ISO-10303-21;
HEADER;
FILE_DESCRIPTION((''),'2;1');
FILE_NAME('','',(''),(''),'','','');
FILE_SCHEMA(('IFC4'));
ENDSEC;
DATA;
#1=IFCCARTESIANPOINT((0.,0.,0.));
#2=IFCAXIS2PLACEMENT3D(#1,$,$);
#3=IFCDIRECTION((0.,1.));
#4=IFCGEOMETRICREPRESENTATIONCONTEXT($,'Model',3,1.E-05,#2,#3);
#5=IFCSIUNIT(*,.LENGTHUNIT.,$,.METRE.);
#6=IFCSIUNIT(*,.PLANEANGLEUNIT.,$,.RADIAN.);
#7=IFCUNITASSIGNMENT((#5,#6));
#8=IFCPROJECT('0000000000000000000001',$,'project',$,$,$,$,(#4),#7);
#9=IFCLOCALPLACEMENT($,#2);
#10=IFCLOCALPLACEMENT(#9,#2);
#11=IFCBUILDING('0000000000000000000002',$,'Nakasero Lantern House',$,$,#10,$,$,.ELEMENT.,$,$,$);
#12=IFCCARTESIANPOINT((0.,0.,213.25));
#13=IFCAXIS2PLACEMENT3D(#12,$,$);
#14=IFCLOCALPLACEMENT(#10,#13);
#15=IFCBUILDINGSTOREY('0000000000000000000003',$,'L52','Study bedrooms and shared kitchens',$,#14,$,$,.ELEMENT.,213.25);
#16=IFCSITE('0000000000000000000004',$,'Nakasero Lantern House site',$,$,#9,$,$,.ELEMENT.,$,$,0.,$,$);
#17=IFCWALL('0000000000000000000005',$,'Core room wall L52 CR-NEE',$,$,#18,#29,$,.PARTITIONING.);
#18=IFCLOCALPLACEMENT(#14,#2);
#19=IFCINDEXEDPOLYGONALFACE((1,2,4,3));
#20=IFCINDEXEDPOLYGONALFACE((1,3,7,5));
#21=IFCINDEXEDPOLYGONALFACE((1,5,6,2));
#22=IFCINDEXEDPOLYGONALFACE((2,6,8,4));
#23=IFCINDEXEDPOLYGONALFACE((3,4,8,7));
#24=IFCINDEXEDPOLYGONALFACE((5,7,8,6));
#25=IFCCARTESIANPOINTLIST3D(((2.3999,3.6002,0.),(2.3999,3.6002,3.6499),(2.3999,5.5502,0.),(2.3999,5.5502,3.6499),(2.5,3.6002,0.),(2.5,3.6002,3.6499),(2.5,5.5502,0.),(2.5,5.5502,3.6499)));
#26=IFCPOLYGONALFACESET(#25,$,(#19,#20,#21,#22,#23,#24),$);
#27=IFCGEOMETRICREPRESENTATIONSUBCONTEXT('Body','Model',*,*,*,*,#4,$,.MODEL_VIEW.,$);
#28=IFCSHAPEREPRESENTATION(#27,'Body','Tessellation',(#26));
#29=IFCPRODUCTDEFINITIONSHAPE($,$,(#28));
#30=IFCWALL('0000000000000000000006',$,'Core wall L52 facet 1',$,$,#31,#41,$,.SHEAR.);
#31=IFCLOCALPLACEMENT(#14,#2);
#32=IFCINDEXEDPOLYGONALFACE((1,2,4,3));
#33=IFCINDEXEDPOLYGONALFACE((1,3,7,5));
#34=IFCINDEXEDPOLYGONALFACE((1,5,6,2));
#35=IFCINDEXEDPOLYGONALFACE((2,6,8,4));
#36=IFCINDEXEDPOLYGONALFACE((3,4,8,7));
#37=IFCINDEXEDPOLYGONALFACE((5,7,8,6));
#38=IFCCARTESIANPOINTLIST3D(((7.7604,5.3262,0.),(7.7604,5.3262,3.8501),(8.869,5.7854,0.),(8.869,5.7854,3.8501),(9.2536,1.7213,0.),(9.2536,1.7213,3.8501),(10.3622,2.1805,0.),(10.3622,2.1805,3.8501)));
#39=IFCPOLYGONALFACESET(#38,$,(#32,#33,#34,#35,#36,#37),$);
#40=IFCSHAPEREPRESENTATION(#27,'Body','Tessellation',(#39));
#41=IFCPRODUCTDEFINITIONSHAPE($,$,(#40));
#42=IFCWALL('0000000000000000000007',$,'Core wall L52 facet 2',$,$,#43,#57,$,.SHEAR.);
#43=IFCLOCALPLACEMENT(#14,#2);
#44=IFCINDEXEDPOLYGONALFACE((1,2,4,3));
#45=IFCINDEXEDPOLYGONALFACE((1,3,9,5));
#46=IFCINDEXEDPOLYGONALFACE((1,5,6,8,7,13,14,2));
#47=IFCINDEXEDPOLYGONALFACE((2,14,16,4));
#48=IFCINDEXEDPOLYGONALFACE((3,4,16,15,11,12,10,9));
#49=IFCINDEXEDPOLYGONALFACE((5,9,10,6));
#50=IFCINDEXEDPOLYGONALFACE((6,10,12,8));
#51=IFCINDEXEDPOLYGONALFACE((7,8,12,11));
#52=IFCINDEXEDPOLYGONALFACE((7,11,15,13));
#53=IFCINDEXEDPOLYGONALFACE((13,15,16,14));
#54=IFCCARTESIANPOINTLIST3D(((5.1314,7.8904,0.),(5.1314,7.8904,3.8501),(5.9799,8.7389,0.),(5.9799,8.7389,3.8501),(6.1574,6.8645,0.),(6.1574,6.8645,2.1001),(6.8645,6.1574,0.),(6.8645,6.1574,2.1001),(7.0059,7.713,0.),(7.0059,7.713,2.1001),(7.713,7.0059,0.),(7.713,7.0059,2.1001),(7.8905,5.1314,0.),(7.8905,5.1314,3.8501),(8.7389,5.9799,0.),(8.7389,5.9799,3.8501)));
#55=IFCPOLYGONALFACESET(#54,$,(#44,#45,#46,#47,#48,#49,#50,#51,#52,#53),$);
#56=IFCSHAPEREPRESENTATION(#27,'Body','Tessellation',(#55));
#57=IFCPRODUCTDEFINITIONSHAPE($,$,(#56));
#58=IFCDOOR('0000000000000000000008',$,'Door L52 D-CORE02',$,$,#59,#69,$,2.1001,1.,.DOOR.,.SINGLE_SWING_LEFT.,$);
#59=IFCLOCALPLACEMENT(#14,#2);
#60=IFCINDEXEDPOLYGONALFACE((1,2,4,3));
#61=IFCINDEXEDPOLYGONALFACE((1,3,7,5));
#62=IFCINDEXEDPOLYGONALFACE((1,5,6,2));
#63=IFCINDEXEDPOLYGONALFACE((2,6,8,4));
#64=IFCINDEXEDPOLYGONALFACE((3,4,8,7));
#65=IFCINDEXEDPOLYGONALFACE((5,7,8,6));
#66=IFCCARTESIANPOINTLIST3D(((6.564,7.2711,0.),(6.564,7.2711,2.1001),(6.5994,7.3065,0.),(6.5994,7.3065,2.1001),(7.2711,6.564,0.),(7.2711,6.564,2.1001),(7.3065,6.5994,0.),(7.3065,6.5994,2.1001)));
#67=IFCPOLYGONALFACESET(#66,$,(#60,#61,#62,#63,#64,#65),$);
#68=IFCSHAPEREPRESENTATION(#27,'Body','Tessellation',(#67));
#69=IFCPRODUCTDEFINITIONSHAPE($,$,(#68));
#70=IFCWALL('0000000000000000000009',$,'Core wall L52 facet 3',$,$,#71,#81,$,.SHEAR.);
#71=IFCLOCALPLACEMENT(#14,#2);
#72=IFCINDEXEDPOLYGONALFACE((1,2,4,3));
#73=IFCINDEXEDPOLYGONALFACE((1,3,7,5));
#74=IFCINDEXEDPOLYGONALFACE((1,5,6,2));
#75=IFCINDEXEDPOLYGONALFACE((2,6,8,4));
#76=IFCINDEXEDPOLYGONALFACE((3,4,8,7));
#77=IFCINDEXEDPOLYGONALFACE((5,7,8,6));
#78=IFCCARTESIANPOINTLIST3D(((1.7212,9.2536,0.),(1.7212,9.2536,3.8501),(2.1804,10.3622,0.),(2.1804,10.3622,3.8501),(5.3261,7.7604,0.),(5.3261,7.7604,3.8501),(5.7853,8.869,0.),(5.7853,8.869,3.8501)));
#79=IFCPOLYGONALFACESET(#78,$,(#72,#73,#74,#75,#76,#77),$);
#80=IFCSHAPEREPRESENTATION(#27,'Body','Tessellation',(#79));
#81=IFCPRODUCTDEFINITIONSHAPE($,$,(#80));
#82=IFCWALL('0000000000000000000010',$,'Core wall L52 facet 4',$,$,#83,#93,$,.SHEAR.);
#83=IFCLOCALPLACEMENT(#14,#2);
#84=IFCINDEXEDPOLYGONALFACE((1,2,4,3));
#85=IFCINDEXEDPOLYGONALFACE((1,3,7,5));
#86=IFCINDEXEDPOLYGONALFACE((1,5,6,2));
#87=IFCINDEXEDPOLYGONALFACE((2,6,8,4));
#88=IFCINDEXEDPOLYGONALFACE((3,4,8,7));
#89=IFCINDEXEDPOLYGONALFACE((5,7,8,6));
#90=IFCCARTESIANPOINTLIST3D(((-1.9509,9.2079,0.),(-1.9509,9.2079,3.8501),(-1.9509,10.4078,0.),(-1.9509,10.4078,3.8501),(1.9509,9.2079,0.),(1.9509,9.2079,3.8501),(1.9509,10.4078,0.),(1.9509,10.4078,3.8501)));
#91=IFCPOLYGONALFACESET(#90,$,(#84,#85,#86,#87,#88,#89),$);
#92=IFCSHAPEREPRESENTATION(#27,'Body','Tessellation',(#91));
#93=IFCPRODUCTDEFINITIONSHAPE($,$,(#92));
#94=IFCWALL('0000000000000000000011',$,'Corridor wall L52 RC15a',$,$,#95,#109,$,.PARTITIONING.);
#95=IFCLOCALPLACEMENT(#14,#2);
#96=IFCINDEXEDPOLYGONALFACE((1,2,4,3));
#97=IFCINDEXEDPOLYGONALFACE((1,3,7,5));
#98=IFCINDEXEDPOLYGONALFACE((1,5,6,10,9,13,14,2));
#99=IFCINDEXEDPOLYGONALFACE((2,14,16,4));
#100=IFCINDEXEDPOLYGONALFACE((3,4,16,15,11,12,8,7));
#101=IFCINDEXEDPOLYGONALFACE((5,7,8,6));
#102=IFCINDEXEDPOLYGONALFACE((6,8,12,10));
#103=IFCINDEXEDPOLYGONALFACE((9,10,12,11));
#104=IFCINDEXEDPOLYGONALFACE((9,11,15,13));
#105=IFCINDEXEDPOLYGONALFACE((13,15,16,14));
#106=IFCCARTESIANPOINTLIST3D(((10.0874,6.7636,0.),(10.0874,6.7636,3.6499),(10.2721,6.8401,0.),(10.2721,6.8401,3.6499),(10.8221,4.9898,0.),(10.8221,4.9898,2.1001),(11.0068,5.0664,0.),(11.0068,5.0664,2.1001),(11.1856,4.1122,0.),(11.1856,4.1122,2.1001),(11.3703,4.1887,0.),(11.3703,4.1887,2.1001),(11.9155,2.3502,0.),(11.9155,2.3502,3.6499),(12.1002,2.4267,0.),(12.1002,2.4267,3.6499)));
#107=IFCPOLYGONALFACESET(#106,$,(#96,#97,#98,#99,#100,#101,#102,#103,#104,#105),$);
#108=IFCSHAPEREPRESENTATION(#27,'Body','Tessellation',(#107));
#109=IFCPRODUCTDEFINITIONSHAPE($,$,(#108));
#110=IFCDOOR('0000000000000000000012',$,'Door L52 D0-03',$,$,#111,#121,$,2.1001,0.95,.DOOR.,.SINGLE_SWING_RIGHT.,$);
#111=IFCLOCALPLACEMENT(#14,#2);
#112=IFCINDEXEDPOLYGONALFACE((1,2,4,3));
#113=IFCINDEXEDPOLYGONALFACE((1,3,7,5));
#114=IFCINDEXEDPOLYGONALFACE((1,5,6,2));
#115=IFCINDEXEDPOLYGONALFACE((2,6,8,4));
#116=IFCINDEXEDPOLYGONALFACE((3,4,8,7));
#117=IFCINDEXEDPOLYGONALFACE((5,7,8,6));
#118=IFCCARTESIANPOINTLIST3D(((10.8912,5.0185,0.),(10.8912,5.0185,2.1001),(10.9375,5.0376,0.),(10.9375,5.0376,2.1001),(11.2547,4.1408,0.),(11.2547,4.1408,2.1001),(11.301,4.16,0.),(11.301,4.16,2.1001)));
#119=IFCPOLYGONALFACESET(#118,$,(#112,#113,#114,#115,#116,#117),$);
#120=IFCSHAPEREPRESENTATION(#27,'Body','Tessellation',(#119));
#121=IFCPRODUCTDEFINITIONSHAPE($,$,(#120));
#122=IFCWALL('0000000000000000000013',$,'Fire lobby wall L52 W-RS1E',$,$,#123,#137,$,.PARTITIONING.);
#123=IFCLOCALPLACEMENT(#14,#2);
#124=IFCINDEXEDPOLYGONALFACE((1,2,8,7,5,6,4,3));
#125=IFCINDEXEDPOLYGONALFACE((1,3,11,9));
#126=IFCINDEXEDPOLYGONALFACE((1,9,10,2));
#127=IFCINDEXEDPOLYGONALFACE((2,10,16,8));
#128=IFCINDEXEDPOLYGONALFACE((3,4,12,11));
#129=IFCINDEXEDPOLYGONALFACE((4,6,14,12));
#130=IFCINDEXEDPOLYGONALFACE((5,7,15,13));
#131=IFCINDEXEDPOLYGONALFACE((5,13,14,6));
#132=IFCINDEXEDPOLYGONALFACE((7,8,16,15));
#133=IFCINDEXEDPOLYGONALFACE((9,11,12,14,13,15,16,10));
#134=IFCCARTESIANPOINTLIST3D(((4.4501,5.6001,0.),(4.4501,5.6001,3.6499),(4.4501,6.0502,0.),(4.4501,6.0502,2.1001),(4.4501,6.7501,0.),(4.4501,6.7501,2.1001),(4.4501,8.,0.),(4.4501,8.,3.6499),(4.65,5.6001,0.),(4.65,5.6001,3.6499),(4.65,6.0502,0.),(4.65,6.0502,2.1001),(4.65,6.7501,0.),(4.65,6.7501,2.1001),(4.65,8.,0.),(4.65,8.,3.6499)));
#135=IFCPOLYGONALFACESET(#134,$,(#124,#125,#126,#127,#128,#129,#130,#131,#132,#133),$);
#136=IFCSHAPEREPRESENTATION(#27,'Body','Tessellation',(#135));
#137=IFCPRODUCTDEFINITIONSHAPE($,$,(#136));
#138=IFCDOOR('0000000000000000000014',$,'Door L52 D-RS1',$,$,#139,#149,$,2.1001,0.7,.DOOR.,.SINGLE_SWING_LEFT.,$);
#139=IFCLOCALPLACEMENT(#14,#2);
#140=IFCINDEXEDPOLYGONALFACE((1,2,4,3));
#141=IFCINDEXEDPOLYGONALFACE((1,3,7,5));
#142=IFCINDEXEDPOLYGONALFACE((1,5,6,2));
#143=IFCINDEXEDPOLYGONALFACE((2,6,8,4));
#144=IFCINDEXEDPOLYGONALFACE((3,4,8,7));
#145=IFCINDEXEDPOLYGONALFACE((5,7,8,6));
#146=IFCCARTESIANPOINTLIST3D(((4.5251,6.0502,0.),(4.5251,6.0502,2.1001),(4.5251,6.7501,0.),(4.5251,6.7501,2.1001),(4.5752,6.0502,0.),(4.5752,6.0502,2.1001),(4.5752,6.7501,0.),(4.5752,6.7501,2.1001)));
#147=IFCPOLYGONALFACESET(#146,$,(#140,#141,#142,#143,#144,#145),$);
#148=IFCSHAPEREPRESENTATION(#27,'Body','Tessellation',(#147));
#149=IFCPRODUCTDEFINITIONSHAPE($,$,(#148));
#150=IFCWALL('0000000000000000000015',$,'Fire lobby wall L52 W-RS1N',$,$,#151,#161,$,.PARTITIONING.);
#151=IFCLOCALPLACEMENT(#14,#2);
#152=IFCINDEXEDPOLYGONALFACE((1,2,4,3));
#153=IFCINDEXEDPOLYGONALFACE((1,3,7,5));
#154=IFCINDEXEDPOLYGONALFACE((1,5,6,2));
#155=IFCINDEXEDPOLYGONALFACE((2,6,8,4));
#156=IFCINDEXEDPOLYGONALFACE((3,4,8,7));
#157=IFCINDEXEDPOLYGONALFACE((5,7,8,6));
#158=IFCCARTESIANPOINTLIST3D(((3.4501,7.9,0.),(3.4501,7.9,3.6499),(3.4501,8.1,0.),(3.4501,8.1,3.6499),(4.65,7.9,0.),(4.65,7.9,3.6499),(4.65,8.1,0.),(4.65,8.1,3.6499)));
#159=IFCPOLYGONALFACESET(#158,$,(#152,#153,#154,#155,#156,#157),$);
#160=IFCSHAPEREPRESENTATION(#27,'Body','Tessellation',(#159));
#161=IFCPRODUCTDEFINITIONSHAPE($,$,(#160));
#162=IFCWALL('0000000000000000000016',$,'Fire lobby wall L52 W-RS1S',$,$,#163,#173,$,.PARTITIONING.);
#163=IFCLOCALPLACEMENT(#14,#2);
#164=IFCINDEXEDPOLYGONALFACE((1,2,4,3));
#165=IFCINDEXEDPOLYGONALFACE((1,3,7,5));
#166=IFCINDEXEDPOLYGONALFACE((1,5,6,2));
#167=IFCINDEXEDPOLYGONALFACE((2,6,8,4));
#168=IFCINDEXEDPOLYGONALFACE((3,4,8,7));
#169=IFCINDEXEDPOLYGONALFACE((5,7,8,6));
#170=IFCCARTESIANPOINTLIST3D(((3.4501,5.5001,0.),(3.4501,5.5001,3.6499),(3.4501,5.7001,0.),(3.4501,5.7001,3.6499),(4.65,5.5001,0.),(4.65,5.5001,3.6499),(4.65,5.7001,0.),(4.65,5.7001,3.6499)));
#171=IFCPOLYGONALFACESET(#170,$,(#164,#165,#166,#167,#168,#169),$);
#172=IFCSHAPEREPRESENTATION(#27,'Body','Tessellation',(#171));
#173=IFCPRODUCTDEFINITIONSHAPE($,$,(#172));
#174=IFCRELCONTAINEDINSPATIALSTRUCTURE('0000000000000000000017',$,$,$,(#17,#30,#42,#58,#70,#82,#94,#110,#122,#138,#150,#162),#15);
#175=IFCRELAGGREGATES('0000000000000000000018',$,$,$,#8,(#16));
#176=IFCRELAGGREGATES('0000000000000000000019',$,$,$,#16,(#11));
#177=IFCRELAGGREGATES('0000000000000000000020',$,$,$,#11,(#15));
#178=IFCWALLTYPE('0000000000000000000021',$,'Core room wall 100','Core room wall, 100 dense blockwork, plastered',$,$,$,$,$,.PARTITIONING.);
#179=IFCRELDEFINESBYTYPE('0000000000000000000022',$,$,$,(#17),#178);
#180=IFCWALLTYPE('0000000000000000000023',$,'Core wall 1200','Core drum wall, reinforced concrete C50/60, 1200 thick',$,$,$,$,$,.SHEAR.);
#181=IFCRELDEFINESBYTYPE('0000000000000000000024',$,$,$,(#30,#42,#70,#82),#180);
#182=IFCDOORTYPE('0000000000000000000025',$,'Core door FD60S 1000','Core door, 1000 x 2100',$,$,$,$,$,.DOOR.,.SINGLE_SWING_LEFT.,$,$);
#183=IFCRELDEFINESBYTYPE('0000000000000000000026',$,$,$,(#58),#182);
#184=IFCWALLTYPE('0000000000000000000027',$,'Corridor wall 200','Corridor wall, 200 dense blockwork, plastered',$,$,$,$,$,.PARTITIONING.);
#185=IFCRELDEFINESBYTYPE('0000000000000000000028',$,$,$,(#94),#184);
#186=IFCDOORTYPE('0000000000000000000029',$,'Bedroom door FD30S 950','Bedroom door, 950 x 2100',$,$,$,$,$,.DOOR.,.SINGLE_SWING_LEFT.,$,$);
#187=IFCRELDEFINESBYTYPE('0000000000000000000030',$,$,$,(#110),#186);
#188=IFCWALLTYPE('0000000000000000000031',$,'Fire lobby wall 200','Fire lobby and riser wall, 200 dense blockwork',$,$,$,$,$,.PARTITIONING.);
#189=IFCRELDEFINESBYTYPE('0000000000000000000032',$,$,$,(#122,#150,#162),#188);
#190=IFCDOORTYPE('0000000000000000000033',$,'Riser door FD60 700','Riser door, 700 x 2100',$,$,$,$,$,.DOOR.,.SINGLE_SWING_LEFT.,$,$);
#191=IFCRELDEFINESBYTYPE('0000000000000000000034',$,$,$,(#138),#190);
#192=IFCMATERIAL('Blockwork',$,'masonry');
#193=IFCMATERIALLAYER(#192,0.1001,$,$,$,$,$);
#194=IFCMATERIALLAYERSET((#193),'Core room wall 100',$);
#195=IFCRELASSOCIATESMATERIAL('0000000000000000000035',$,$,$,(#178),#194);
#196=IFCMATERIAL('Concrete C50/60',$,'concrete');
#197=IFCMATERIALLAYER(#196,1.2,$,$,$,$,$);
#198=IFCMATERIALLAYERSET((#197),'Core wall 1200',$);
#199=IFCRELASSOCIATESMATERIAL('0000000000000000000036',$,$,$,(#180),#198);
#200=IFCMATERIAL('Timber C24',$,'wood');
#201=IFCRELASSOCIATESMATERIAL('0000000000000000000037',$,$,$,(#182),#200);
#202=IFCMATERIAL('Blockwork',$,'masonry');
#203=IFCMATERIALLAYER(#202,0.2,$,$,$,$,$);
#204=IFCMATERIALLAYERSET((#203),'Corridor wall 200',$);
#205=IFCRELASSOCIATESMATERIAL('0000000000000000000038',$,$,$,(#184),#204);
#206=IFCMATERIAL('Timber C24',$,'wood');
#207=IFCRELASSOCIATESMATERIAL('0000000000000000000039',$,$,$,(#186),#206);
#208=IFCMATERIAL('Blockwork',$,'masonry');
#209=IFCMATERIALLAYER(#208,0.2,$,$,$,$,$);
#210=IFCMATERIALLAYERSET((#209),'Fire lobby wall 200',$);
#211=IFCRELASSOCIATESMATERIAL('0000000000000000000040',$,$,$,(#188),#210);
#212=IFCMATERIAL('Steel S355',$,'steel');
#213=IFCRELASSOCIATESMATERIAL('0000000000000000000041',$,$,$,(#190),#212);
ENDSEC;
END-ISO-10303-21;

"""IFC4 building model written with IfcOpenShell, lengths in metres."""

from ifc_helpers import new_model, si_unit, direction, frame, frame_2d, origin, place, context, subcontext, project, spatial, rectangle, extrude, material, layer, layer_set, type_object, element, fill, save


model = new_model("IFC4")

# Units and contexts
model_context = context("Model", 3, precision=1e-05, world=origin(), true_north=direction((0.0, 1.0)))
body_context = subcontext(model_context, "Body", "Model", "MODEL_VIEW")
ifc_project = project(units=[si_unit("LENGTHUNIT", "METRE"), si_unit("PLANEANGLEUNIT", "RADIAN")], contexts=[model_context])

# Site, building, storey
site_placement = place(None, origin())
site = spatial("IfcSite", under=ifc_project, at=site_placement, Name="Nakasero Lantern House site", CompositionType="ELEMENT", RefElevation=0.0)
building_placement = place(site_placement, origin())
building = spatial("IfcBuilding", under=site, at=building_placement, Name="Nakasero Lantern House", CompositionType="ELEMENT")
storey_placement = place(building_placement, frame((0.0, 0.0, 213.25)))
storey = spatial("IfcBuildingStorey", under=building, at=storey_placement, Name="L52", Description="Study bedrooms and shared kitchens", CompositionType="ELEMENT", Elevation=213.25)

# Walls
ifc_material_1 = material(Name="Blockwork", Category="masonry")
ifc_layer_1 = layer(ifc_material_1, 0.1001)
ifc_layer_set_1 = layer_set([ifc_layer_1], Name="Core room wall 100")
wall_type_1 = type_object("IfcWallType", Name="Core room wall 100", Description="Core room wall, 100 dense blockwork, plastered", PredefinedType="PARTITIONING", material=ifc_layer_set_1)
wall_1_placement = place(storey_placement, frame((2.45, 3.6001, 0.0), z_axis=(0.0, 0.0, 1.0), x_axis=(0.0, 1.0, 0.0)))
element("IfcWall", 1, at=wall_1_placement, inside=storey, type_object=wall_type_1, Name="Core room wall L52 CR-NEE", PredefinedType="PARTITIONING", context=body_context, shape_type="SweptSolid", body=[
    extrude(rectangle(XDim=1.95, YDim=0.1001, at=frame_2d((0.9751, 0.0))), origin(), (0.0, 0.0, 1.0), 3.6499),
])
ifc_material_2 = material(Name="Concrete C50/60", Category="concrete")
ifc_layer_2 = layer(ifc_material_2, 1.2)
ifc_layer_set_2 = layer_set([ifc_layer_2], Name="Core wall 1200")
wall_type_2 = type_object("IfcWallType", Name="Core wall 1200", Description="Core drum wall, reinforced concrete C50/60, 1200 thick", PredefinedType="SHEAR", material=ifc_layer_set_2)
wall_2_placement = place(storey_placement, frame((9.8079, 1.9509, 0.0), z_axis=(0.0, 0.0, 1.0), x_axis=(-0.382691, 0.923877, 0.0)))
element("IfcWall", 2, at=wall_2_placement, inside=storey, type_object=wall_type_2, Name="Core wall L52 facet 1", PredefinedType="SHEAR", context=body_context, shape_type="SweptSolid", body=[
    extrude(rectangle(XDim=3.9019, YDim=1.2, at=frame_2d((1.9509, 0.0))), origin(), (0.0, 0.0, 1.0), 3.8501),
])

# Wall, opening, door
wall_3_placement = place(storey_placement, frame((8.3147, 5.5557, 0.0), z_axis=(0.0, 0.0, 1.0), x_axis=(-0.707107, 0.707107, 0.0)))
wall_3 = element("IfcWall", 3, at=wall_3_placement, inside=storey, type_object=wall_type_2, Name="Core wall L52 facet 2", PredefinedType="SHEAR", context=body_context, shape_type="SweptSolid", body=[
    extrude(rectangle(XDim=3.9019, YDim=1.2, at=frame_2d((1.9509, 0.0))), origin(), (0.0, 0.0, 1.0), 3.8501),
])
opening_1_placement = place(wall_3_placement, frame((1.4509, 0.0, 0.0)))
opening_1 = element("IfcOpeningElement", 4, at=opening_1_placement, cuts=wall_3, PredefinedType="OPENING", context=body_context, shape_type="SweptSolid", body=[
    extrude(rectangle(XDim=1.0, YDim=2.1001, at=frame_2d((0.5, 1.05))), frame((0.0, 0.6199, 0.0), z_axis=(0.0, -1.0, 0.0), x_axis=(1.0, 0.0, 0.0)), (0.0, 0.0, 1.0), 1.24),
])
ifc_material_3 = material(Name="Timber C24", Category="wood")
door_type_1 = type_object("IfcDoorType", Name="Core door FD60S 1000", Description="Core door, 1000 x 2100", OperationType="SINGLE_SWING_LEFT", PredefinedType="DOOR", material=ifc_material_3)
door_1_placement = place(opening_1_placement, origin())
door_1 = element("IfcDoor", 5, at=door_1_placement, inside=storey, type_object=door_type_1, Name="Door L52 D-CORE02", OperationType="SINGLE_SWING_LEFT", OverallHeight=2.1001, OverallWidth=1.0, PredefinedType="DOOR", context=body_context, shape_type="SweptSolid", body=[
    extrude(rectangle(XDim=1.0, YDim=2.1001, at=frame_2d((0.5, 1.05))), frame((0.0, 0.0249, 0.0), z_axis=(0.0, -1.0, 0.0), x_axis=(1.0, 0.0, 0.0)), (0.0, 0.0, 1.0), 0.05),
])
fill(opening_1, door_1)

# Walls
for number, where, z_axis, x_axis, name in (
    (6, (5.5557, 8.3147, 0.0), (0.0, 0.0, 1.0), (-0.923877, 0.382691, 0.0), "Core wall L52 facet 3"),
    (7, (1.9509, 9.8079, 0.0), (0.0, 0.0, 1.0), (-1.0, 0.0, 0.0), "Core wall L52 facet 4"),
):
    element("IfcWall", number, at=place(storey_placement, frame(where, z_axis=z_axis, x_axis=x_axis)), inside=storey, type_object=wall_type_2, Name=name, PredefinedType="SHEAR", context=body_context, shape_type="SweptSolid", body=[
        extrude(rectangle(XDim=3.9019, YDim=1.2, at=frame_2d((1.9509, 0.0))), origin(), (0.0, 0.0, 1.0), 3.8501),
    ])

# Walls, openings, doors
ifc_material_4 = material(Name="Blockwork", Category="masonry")
ifc_layer_3 = layer(ifc_material_4, 0.2)
ifc_layer_set_3 = layer_set([ifc_layer_3], Name="Corridor wall 200")
wall_type_3 = type_object("IfcWallType", Name="Corridor wall 200", Description="Corridor wall, 200 dense blockwork, plastered", PredefinedType="PARTITIONING", material=ifc_layer_set_3)
wall_4_placement = place(storey_placement, frame((10.1797, 6.802, 0.0), z_axis=(0.0, 0.0, 1.0), x_axis=(0.382677, -0.923882, 0.0)))
wall_4 = element("IfcWall", 8, at=wall_4_placement, inside=storey, type_object=wall_type_3, Name="Corridor wall L52 RC15a", PredefinedType="PARTITIONING", context=body_context, shape_type="SweptSolid", body=[
    extrude(rectangle(XDim=4.7771, YDim=0.2, at=frame_2d((2.3887, 0.0))), origin(), (0.0, 0.0, 1.0), 3.6499),
])
opening_2_placement = place(wall_4_placement, frame((1.9199, 0.0, 0.0)))
opening_2 = element("IfcOpeningElement", 9, at=opening_2_placement, cuts=wall_4, PredefinedType="OPENING", context=body_context, shape_type="SweptSolid", body=[
    extrude(rectangle(XDim=0.95, YDim=2.1001, at=frame_2d((0.4751, 1.05))), frame((0.0, 0.1199, 0.0), z_axis=(0.0, -1.0, 0.0), x_axis=(1.0, 0.0, 0.0)), (0.0, 0.0, 1.0), 0.24),
])
ifc_material_5 = material(Name="Timber C24", Category="wood")
door_type_2 = type_object("IfcDoorType", Name="Bedroom door FD30S 950", Description="Bedroom door, 950 x 2100", OperationType="SINGLE_SWING_LEFT", PredefinedType="DOOR", material=ifc_material_5)
door_2_placement = place(opening_2_placement, origin())
door_2 = element("IfcDoor", 10, at=door_2_placement, inside=storey, type_object=door_type_2, Name="Door L52 D0-03", OperationType="SINGLE_SWING_RIGHT", OverallHeight=2.1001, OverallWidth=0.95, PredefinedType="DOOR", context=body_context, shape_type="SweptSolid", body=[
    extrude(rectangle(XDim=0.95, YDim=2.1001, at=frame_2d((0.4751, 1.05))), frame((0.0, 0.0249, 0.0), z_axis=(0.0, -1.0, 0.0), x_axis=(1.0, 0.0, 0.0)), (0.0, 0.0, 1.0), 0.05),
])
fill(opening_2, door_2)
ifc_material_6 = material(Name="Blockwork", Category="masonry")
ifc_layer_4 = layer(ifc_material_6, 0.2)
ifc_layer_set_4 = layer_set([ifc_layer_4], Name="Fire lobby wall 200")
wall_type_4 = type_object("IfcWallType", Name="Fire lobby wall 200", Description="Fire lobby and riser wall, 200 dense blockwork", PredefinedType="PARTITIONING", material=ifc_layer_set_4)
wall_5_placement = place(storey_placement, frame((4.55, 5.6001, 0.0), z_axis=(0.0, 0.0, 1.0), x_axis=(0.0, 1.0, 0.0)))
wall_5 = element("IfcWall", 11, at=wall_5_placement, inside=storey, type_object=wall_type_4, Name="Fire lobby wall L52 W-RS1E", PredefinedType="PARTITIONING", context=body_context, shape_type="SweptSolid", body=[
    extrude(rectangle(XDim=2.3999, YDim=0.2, at=frame_2d((1.2, 0.0))), origin(), (0.0, 0.0, 1.0), 3.6499),
])
opening_3_placement = place(wall_5_placement, frame((0.45, 0.0, 0.0)))
opening_3 = element("IfcOpeningElement", 12, at=opening_3_placement, cuts=wall_5, PredefinedType="OPENING", context=body_context, shape_type="SweptSolid", body=[
    extrude(rectangle(XDim=0.7, YDim=2.1001, at=frame_2d((0.3501, 1.05))), frame((0.0, 0.1199, 0.0), z_axis=(0.0, -1.0, 0.0), x_axis=(1.0, 0.0, 0.0)), (0.0, 0.0, 1.0), 0.24),
])
ifc_material_7 = material(Name="Steel S355", Category="steel")
door_type_3 = type_object("IfcDoorType", Name="Riser door FD60 700", Description="Riser door, 700 x 2100", OperationType="SINGLE_SWING_LEFT", PredefinedType="DOOR", material=ifc_material_7)
door_3_placement = place(opening_3_placement, origin())
door_3 = element("IfcDoor", 13, at=door_3_placement, inside=storey, type_object=door_type_3, Name="Door L52 D-RS1", OperationType="SINGLE_SWING_LEFT", OverallHeight=2.1001, OverallWidth=0.7, PredefinedType="DOOR", context=body_context, shape_type="SweptSolid", body=[
    extrude(rectangle(XDim=0.7, YDim=2.1001, at=frame_2d((0.3501, 1.05))), frame((0.0, 0.0249, 0.0), z_axis=(0.0, -1.0, 0.0), x_axis=(1.0, 0.0, 0.0)), (0.0, 0.0, 1.0), 0.05),
])
fill(opening_3, door_3)

# Walls
for number, where, z_axis, x_axis, name in (
    (14, (3.45, 8.0, 0.0), (0.0, 0.0, 1.0), (1.0, 0.0, 0.0), "Fire lobby wall L52 W-RS1N"),
    (15, (3.45, 5.6001, 0.0), (0.0, 0.0, 1.0), (1.0, 0.0, 0.0), "Fire lobby wall L52 W-RS1S"),
):
    element("IfcWall", number, at=place(storey_placement, frame(where, z_axis=z_axis, x_axis=x_axis)), inside=storey, type_object=wall_type_4, Name=name, PredefinedType="PARTITIONING", context=body_context, shape_type="SweptSolid", body=[
        extrude(rectangle(XDim=1.2, YDim=0.2, at=frame_2d((0.6001, 0.0))), origin(), (0.0, 0.0, 1.0), 3.6499),
    ])

save(model, "model.ifc")
